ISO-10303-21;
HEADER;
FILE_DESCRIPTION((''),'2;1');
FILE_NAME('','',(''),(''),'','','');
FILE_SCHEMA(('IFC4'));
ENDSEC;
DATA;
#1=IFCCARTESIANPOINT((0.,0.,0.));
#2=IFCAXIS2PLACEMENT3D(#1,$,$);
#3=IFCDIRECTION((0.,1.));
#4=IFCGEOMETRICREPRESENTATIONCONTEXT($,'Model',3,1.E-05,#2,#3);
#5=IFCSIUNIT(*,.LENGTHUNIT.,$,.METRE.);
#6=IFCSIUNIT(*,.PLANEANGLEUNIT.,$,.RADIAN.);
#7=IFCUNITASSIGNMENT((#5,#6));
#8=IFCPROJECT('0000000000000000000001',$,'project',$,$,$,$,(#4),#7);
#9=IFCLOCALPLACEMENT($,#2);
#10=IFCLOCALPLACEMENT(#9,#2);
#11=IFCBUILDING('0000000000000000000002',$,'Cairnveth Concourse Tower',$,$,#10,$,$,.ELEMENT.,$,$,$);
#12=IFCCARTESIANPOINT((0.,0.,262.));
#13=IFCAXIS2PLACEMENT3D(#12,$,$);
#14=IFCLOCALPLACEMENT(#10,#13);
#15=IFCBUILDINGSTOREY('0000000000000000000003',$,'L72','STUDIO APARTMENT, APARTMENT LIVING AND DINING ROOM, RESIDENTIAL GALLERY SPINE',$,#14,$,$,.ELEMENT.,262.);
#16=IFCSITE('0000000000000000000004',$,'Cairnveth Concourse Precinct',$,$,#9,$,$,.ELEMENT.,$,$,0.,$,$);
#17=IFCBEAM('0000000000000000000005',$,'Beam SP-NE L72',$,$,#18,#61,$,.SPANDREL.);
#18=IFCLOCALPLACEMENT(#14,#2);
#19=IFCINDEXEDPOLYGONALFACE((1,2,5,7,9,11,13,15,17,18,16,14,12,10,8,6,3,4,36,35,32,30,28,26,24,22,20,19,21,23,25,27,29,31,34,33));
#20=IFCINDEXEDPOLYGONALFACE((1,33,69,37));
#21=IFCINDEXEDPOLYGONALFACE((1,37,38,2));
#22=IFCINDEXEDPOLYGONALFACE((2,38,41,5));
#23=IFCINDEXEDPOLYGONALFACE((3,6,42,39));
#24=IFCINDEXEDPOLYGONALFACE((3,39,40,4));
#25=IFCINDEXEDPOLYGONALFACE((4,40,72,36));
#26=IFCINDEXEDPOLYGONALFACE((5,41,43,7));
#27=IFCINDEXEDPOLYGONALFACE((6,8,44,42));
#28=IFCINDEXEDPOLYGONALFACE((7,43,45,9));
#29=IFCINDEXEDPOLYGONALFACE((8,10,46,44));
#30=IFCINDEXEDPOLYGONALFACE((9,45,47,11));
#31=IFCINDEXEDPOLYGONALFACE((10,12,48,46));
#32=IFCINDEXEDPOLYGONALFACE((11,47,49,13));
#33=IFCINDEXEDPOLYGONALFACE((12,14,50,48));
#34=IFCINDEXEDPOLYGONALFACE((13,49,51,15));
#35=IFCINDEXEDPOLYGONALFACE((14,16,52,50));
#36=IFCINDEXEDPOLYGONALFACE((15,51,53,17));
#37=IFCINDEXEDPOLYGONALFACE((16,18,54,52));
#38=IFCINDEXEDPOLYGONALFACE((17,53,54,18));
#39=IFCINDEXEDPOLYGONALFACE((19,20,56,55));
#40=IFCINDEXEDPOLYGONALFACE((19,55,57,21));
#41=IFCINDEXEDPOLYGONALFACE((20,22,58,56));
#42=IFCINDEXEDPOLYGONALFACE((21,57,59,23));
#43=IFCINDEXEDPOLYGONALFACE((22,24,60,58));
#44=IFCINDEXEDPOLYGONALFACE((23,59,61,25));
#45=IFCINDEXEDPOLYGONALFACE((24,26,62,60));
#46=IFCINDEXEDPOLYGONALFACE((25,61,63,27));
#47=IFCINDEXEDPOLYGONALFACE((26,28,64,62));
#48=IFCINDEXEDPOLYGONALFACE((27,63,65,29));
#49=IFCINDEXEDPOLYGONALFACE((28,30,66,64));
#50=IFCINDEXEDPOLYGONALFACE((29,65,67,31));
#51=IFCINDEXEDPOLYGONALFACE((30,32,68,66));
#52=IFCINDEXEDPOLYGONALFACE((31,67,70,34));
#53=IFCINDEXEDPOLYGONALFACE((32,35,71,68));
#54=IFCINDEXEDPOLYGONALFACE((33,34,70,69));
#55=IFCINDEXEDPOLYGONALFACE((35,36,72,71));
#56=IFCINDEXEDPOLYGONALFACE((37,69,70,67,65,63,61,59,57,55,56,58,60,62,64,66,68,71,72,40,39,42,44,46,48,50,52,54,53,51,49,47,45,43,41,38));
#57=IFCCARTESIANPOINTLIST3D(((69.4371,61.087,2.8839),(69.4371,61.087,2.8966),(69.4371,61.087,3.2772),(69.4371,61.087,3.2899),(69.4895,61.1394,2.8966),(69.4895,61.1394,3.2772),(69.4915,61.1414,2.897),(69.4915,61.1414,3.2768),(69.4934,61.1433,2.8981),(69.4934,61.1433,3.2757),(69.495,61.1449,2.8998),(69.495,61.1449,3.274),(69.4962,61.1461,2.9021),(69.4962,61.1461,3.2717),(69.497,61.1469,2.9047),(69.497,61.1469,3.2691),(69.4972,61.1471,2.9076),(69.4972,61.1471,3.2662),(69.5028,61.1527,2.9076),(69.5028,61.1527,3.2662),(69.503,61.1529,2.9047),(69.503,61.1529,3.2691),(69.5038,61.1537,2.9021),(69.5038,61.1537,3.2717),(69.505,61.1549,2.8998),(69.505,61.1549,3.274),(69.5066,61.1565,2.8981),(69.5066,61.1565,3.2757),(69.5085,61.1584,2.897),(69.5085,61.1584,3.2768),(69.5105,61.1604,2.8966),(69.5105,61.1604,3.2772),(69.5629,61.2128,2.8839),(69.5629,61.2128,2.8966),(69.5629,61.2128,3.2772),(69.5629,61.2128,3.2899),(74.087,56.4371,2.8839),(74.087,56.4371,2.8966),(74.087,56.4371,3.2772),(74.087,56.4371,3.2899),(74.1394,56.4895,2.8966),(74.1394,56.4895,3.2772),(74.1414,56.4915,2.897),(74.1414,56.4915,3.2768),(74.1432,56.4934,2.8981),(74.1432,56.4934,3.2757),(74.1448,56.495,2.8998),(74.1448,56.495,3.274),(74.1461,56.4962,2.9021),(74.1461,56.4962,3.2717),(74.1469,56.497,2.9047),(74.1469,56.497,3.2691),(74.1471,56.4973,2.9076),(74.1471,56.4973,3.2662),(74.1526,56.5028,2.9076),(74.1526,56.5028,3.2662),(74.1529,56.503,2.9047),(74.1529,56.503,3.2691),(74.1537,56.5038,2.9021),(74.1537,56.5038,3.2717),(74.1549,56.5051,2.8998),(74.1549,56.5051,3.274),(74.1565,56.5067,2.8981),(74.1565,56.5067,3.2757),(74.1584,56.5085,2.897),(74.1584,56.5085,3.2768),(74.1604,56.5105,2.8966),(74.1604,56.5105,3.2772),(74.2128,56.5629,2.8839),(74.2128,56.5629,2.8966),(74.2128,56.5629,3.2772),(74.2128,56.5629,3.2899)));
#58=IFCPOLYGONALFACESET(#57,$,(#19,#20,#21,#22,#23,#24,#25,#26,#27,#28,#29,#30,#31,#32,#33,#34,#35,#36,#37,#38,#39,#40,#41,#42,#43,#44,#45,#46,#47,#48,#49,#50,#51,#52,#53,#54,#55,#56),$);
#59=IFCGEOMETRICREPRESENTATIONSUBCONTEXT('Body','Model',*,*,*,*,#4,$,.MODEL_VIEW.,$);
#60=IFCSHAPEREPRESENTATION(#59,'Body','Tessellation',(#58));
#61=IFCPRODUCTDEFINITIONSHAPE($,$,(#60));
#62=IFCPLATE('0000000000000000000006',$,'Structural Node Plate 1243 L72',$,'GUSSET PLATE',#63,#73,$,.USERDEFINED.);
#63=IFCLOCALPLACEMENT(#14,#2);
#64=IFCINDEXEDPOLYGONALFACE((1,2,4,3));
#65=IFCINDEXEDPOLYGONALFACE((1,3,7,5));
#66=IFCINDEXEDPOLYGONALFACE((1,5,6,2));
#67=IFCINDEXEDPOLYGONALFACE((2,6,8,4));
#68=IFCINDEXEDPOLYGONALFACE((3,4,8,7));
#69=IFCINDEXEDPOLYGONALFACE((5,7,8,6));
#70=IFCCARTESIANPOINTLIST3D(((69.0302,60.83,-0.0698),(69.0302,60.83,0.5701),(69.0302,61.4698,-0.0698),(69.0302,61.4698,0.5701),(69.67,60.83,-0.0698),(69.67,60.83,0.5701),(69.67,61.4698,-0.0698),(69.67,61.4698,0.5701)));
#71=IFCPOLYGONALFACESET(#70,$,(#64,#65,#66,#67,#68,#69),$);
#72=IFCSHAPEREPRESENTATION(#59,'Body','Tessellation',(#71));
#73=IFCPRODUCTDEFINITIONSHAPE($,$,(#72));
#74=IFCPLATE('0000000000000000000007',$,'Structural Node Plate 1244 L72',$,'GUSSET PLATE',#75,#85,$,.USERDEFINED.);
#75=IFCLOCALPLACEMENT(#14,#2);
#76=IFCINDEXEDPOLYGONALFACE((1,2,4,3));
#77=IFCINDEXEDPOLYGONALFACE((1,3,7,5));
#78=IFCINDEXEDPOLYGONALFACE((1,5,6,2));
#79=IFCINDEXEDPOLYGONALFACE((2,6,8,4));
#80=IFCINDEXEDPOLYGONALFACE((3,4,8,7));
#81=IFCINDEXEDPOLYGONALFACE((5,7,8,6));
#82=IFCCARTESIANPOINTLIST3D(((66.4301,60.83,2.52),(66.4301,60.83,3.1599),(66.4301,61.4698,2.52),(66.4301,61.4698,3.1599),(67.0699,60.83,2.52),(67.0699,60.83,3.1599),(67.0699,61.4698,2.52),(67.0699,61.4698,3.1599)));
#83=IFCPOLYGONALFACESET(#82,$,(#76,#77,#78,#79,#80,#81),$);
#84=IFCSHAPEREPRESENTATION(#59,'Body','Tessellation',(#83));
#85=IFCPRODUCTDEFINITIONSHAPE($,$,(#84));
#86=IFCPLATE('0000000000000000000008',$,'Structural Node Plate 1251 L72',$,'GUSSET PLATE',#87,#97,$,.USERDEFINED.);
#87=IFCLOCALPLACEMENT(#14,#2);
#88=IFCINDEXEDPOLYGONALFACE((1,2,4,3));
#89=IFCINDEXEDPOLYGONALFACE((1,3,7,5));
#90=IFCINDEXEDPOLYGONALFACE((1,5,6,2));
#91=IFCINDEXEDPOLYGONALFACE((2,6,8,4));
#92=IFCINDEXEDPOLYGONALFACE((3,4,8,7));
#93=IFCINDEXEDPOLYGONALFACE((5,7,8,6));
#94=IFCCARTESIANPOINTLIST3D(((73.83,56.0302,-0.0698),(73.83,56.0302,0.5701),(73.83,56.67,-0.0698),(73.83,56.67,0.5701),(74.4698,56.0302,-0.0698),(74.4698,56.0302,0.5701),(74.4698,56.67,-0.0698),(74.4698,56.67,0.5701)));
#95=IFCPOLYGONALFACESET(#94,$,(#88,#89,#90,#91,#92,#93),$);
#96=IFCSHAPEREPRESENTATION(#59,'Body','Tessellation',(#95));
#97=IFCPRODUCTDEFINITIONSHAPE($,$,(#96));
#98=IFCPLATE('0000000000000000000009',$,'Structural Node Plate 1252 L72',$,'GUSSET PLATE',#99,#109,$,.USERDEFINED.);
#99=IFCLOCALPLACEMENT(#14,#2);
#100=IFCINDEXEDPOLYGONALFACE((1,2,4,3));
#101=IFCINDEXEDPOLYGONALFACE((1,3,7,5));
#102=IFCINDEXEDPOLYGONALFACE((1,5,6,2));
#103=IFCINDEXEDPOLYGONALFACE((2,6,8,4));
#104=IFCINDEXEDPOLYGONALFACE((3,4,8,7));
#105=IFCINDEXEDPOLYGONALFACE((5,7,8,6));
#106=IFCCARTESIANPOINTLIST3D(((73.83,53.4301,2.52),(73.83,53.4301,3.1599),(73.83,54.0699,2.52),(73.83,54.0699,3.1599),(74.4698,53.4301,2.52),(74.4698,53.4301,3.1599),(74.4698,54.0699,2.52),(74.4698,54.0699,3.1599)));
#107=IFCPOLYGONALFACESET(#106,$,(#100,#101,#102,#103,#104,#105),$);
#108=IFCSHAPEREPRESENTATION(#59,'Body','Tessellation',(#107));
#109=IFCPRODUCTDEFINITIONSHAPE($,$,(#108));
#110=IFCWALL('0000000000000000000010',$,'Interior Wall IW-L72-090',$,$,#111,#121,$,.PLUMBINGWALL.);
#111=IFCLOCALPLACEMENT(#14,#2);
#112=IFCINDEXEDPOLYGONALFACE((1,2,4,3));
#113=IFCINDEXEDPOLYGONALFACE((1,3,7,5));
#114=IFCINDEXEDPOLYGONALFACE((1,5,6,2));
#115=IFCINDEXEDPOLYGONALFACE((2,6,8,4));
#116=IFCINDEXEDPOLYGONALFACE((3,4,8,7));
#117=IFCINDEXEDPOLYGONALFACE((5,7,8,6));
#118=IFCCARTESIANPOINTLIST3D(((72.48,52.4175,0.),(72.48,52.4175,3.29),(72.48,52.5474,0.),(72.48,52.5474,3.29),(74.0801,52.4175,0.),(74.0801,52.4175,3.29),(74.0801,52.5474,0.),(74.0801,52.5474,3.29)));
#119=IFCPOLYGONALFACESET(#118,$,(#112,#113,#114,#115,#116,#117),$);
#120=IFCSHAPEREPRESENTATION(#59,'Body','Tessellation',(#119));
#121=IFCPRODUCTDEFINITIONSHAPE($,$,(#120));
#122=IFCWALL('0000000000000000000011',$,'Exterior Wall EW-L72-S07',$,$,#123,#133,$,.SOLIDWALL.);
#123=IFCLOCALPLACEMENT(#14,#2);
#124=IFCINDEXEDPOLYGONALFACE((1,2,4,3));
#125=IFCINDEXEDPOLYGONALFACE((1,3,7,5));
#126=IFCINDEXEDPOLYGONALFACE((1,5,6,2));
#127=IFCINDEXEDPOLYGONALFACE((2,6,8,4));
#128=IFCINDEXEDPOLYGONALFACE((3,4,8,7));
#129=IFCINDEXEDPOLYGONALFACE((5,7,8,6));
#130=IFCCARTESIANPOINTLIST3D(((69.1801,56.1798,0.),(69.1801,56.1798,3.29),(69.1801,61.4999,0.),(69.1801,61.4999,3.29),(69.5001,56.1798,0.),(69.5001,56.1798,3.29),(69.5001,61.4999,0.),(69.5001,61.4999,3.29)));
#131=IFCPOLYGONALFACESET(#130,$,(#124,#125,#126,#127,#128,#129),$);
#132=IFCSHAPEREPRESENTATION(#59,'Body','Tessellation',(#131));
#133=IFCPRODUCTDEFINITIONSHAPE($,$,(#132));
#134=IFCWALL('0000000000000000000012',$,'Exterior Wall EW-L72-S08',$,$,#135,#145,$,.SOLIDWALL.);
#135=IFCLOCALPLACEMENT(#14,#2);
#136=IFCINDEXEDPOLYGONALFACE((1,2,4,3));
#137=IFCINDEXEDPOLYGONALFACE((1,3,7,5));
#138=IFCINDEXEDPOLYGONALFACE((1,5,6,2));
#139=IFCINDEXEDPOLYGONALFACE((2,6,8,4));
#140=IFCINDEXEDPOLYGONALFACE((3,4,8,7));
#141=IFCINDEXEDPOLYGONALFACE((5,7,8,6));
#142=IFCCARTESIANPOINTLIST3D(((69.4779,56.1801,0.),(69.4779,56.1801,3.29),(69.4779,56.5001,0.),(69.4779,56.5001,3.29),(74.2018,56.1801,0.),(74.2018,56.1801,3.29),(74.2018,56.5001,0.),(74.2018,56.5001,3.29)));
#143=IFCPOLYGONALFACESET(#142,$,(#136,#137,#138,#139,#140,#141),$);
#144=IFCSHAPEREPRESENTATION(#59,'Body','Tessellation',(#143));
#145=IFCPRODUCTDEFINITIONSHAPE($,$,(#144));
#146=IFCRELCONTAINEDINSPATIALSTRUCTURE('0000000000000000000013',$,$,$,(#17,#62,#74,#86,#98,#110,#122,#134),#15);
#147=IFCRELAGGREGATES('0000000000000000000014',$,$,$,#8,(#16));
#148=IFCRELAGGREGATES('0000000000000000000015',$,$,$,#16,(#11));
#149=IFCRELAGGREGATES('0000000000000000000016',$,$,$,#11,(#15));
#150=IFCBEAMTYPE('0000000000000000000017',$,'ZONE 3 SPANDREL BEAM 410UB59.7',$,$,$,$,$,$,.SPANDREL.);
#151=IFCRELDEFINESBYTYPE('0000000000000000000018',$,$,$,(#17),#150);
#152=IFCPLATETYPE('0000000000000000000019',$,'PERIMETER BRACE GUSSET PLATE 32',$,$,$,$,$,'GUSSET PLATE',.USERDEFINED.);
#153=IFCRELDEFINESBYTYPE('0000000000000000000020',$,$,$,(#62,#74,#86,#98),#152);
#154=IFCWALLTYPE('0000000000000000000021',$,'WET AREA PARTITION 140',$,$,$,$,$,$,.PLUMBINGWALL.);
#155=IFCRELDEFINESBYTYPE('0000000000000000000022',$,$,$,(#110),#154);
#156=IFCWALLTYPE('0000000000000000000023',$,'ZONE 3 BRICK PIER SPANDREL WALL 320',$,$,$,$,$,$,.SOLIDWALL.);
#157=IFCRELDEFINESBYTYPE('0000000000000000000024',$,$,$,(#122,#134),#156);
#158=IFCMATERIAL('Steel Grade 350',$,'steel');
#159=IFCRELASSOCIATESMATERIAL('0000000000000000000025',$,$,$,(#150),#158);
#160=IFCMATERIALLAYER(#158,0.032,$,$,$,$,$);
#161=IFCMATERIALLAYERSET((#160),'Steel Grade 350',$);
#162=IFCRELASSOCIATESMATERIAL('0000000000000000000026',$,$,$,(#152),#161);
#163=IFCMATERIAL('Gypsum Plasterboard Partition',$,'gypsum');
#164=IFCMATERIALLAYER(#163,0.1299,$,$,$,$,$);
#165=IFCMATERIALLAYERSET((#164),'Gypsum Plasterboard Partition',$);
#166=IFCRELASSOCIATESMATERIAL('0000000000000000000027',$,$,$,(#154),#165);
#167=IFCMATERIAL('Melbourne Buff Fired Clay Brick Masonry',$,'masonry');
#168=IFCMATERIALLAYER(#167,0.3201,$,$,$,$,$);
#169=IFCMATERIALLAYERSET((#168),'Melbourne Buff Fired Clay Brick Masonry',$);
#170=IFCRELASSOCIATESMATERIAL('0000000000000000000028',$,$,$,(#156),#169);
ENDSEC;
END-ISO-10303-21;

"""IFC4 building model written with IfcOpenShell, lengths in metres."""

from ifc_helpers import new_model, si_unit, direction, frame, frame_2d, origin, origin_2d, place, context, subcontext, project, spatial, rectangle, i_section, extrude, material, layer, layer_set, material_profile, profile_set, type_object, element, save


model = new_model("IFC4")

# Units and contexts
model_context = context("Model", 3, precision=1e-05, world=origin(), true_north=direction((0.0, 1.0)))
body_context = subcontext(model_context, "Body", "Model", "MODEL_VIEW")
ifc_project = project(units=[si_unit("LENGTHUNIT", "METRE"), si_unit("PLANEANGLEUNIT", "RADIAN")], contexts=[model_context])

# Site, building, storey
site_placement = place(None, origin())
site = spatial("IfcSite", under=ifc_project, at=site_placement, Name="Cairnveth Concourse Precinct", CompositionType="ELEMENT", RefElevation=0.0)
building_placement = place(site_placement, origin())
building = spatial("IfcBuilding", under=site, at=building_placement, Name="Cairnveth Concourse Tower", CompositionType="ELEMENT")
storey_placement = place(building_placement, frame((0.0, 0.0, 262.0)))
storey = spatial("IfcBuildingStorey", under=building, at=storey_placement, Name="L72", Description="STUDIO APARTMENT, APARTMENT LIVING AND DINING ROOM, RESIDENTIAL GALLERY SPINE", CompositionType="ELEMENT", Elevation=262.0)

# Shared definitions
ifc_material_1 = material(Name="Steel Grade 350", Category="steel")

# Beam
ifc_material_profile_1 = material_profile(ifc_material_1, i_section(OverallWidth=0.178, OverallDepth=0.406, WebThickness=0.0078, FlangeThickness=0.0127, FilletRadius=0.011, at=origin_2d()), Name="410UB59.7")
ifc_profile_set_1 = profile_set([ifc_material_profile_1], Name="Steel Grade 350")
beam_type_1 = type_object("IfcBeamType", Name="ZONE 3 SPANDREL BEAM 410UB59.7", PredefinedType="SPANDREL", material=ifc_profile_set_1)
beam_1_placement = place(storey_placement, frame((69.5, 61.1499, 3.0869), z_axis=(0.707107, -0.707107, 0.0), x_axis=(0.707107, 0.707107, 0.0)))
element("IfcBeam", 1, at=beam_1_placement, inside=storey, type_object=beam_type_1, Name="Beam SP-NE L72", PredefinedType="SPANDREL", context=body_context, shape_type="SweptSolid", body=[
    extrude(i_section(OverallWidth=0.178, OverallDepth=0.406, WebThickness=0.0078, FlangeThickness=0.0127, FilletRadius=0.011, at=origin_2d()), origin(), (0.0, 0.0, 1.0), 6.5759),
])

# Plates
ifc_layer_1 = layer(ifc_material_1, 0.032)
ifc_layer_set_1 = layer_set([ifc_layer_1], Name="Steel Grade 350")
plate_type = type_object("IfcPlateType", Name="PERIMETER BRACE GUSSET PLATE 32", ElementType="GUSSET PLATE", PredefinedType="USERDEFINED", material=ifc_layer_set_1)
for number, where, z_axis, x_axis, name in (
    (2, (69.3501, 61.1499, -0.0698), (0.0, 0.0, 1.0), (1.0, 0.0, 0.0), "Structural Node Plate 1243 L72"),
    (3, (66.75, 61.1499, 2.52), (0.0, 0.0, 1.0), (1.0, 0.0, 0.0), "Structural Node Plate 1244 L72"),
    (4, (74.1499, 56.3501, -0.0698), (0.0, 0.0, 1.0), (1.0, 0.0, 0.0), "Structural Node Plate 1251 L72"),
    (5, (74.1499, 53.75, 2.52), (0.0, 0.0, 1.0), (1.0, 0.0, 0.0), "Structural Node Plate 1252 L72"),
):
    element("IfcPlate", number, at=place(storey_placement, frame(where, z_axis=z_axis, x_axis=x_axis)), inside=storey, type_object=plate_type, Name=name, ObjectType="GUSSET PLATE", PredefinedType="USERDEFINED", context=body_context, shape_type="SweptSolid", body=[
        extrude(rectangle(XDim=0.6399, YDim=0.6399, at=origin_2d()), origin(), (0.0, 0.0, 1.0), 0.6399),
    ])

# Walls
ifc_material_2 = material(Name="Gypsum Plasterboard Partition", Category="gypsum")
ifc_layer_2 = layer(ifc_material_2, 0.1299)
ifc_layer_set_2 = layer_set([ifc_layer_2], Name="Gypsum Plasterboard Partition")
wall_type_1 = type_object("IfcWallType", Name="WET AREA PARTITION 140", PredefinedType="PLUMBINGWALL", material=ifc_layer_set_2)
wall_1_placement = place(storey_placement, frame((72.48, 52.4824, 0.0), z_axis=(0.0, 0.0, 1.0), x_axis=(1.0, 0.0, 0.0)))
element("IfcWall", 6, at=wall_1_placement, inside=storey, type_object=wall_type_1, Name="Interior Wall IW-L72-090", PredefinedType="PLUMBINGWALL", context=body_context, shape_type="SweptSolid", body=[
    extrude(rectangle(XDim=1.6001, YDim=0.1299, at=frame_2d((0.8, 0.0))), origin(), (0.0, 0.0, 1.0), 3.29),
])
ifc_material_3 = material(Name="Melbourne Buff Fired Clay Brick Masonry", Category="masonry")
ifc_layer_3 = layer(ifc_material_3, 0.3201)
ifc_layer_set_3 = layer_set([ifc_layer_3], Name="Melbourne Buff Fired Clay Brick Masonry")
wall_type_2 = type_object("IfcWallType", Name="ZONE 3 BRICK PIER SPANDREL WALL 320", PredefinedType="SOLIDWALL", material=ifc_layer_set_3)
wall_2_placement = place(storey_placement, frame((69.3401, 61.5, 0.0), z_axis=(0.0, 0.0, 1.0), x_axis=(0.0, -1.0, 0.0)))
element("IfcWall", 7, at=wall_2_placement, inside=storey, type_object=wall_type_2, Name="Exterior Wall EW-L72-S07", PredefinedType="SOLIDWALL", context=body_context, shape_type="SweptSolid", body=[
    extrude(rectangle(XDim=5.3201, YDim=0.3201, at=frame_2d((2.6602, 0.0))), origin(), (0.0, 0.0, 1.0), 3.29),
])
wall_3_placement = place(storey_placement, frame((69.478, 56.3401, 0.0), z_axis=(0.0, 0.0, 1.0), x_axis=(1.0, 0.0, 0.0)))
element("IfcWall", 8, at=wall_3_placement, inside=storey, type_object=wall_type_2, Name="Exterior Wall EW-L72-S08", PredefinedType="SOLIDWALL", context=body_context, shape_type="SweptSolid", body=[
    extrude(rectangle(XDim=4.7239, YDim=0.3201, at=frame_2d((2.3618, 0.0))), origin(), (0.0, 0.0, 1.0), 3.29),
])

save(model, "model.ifc")
